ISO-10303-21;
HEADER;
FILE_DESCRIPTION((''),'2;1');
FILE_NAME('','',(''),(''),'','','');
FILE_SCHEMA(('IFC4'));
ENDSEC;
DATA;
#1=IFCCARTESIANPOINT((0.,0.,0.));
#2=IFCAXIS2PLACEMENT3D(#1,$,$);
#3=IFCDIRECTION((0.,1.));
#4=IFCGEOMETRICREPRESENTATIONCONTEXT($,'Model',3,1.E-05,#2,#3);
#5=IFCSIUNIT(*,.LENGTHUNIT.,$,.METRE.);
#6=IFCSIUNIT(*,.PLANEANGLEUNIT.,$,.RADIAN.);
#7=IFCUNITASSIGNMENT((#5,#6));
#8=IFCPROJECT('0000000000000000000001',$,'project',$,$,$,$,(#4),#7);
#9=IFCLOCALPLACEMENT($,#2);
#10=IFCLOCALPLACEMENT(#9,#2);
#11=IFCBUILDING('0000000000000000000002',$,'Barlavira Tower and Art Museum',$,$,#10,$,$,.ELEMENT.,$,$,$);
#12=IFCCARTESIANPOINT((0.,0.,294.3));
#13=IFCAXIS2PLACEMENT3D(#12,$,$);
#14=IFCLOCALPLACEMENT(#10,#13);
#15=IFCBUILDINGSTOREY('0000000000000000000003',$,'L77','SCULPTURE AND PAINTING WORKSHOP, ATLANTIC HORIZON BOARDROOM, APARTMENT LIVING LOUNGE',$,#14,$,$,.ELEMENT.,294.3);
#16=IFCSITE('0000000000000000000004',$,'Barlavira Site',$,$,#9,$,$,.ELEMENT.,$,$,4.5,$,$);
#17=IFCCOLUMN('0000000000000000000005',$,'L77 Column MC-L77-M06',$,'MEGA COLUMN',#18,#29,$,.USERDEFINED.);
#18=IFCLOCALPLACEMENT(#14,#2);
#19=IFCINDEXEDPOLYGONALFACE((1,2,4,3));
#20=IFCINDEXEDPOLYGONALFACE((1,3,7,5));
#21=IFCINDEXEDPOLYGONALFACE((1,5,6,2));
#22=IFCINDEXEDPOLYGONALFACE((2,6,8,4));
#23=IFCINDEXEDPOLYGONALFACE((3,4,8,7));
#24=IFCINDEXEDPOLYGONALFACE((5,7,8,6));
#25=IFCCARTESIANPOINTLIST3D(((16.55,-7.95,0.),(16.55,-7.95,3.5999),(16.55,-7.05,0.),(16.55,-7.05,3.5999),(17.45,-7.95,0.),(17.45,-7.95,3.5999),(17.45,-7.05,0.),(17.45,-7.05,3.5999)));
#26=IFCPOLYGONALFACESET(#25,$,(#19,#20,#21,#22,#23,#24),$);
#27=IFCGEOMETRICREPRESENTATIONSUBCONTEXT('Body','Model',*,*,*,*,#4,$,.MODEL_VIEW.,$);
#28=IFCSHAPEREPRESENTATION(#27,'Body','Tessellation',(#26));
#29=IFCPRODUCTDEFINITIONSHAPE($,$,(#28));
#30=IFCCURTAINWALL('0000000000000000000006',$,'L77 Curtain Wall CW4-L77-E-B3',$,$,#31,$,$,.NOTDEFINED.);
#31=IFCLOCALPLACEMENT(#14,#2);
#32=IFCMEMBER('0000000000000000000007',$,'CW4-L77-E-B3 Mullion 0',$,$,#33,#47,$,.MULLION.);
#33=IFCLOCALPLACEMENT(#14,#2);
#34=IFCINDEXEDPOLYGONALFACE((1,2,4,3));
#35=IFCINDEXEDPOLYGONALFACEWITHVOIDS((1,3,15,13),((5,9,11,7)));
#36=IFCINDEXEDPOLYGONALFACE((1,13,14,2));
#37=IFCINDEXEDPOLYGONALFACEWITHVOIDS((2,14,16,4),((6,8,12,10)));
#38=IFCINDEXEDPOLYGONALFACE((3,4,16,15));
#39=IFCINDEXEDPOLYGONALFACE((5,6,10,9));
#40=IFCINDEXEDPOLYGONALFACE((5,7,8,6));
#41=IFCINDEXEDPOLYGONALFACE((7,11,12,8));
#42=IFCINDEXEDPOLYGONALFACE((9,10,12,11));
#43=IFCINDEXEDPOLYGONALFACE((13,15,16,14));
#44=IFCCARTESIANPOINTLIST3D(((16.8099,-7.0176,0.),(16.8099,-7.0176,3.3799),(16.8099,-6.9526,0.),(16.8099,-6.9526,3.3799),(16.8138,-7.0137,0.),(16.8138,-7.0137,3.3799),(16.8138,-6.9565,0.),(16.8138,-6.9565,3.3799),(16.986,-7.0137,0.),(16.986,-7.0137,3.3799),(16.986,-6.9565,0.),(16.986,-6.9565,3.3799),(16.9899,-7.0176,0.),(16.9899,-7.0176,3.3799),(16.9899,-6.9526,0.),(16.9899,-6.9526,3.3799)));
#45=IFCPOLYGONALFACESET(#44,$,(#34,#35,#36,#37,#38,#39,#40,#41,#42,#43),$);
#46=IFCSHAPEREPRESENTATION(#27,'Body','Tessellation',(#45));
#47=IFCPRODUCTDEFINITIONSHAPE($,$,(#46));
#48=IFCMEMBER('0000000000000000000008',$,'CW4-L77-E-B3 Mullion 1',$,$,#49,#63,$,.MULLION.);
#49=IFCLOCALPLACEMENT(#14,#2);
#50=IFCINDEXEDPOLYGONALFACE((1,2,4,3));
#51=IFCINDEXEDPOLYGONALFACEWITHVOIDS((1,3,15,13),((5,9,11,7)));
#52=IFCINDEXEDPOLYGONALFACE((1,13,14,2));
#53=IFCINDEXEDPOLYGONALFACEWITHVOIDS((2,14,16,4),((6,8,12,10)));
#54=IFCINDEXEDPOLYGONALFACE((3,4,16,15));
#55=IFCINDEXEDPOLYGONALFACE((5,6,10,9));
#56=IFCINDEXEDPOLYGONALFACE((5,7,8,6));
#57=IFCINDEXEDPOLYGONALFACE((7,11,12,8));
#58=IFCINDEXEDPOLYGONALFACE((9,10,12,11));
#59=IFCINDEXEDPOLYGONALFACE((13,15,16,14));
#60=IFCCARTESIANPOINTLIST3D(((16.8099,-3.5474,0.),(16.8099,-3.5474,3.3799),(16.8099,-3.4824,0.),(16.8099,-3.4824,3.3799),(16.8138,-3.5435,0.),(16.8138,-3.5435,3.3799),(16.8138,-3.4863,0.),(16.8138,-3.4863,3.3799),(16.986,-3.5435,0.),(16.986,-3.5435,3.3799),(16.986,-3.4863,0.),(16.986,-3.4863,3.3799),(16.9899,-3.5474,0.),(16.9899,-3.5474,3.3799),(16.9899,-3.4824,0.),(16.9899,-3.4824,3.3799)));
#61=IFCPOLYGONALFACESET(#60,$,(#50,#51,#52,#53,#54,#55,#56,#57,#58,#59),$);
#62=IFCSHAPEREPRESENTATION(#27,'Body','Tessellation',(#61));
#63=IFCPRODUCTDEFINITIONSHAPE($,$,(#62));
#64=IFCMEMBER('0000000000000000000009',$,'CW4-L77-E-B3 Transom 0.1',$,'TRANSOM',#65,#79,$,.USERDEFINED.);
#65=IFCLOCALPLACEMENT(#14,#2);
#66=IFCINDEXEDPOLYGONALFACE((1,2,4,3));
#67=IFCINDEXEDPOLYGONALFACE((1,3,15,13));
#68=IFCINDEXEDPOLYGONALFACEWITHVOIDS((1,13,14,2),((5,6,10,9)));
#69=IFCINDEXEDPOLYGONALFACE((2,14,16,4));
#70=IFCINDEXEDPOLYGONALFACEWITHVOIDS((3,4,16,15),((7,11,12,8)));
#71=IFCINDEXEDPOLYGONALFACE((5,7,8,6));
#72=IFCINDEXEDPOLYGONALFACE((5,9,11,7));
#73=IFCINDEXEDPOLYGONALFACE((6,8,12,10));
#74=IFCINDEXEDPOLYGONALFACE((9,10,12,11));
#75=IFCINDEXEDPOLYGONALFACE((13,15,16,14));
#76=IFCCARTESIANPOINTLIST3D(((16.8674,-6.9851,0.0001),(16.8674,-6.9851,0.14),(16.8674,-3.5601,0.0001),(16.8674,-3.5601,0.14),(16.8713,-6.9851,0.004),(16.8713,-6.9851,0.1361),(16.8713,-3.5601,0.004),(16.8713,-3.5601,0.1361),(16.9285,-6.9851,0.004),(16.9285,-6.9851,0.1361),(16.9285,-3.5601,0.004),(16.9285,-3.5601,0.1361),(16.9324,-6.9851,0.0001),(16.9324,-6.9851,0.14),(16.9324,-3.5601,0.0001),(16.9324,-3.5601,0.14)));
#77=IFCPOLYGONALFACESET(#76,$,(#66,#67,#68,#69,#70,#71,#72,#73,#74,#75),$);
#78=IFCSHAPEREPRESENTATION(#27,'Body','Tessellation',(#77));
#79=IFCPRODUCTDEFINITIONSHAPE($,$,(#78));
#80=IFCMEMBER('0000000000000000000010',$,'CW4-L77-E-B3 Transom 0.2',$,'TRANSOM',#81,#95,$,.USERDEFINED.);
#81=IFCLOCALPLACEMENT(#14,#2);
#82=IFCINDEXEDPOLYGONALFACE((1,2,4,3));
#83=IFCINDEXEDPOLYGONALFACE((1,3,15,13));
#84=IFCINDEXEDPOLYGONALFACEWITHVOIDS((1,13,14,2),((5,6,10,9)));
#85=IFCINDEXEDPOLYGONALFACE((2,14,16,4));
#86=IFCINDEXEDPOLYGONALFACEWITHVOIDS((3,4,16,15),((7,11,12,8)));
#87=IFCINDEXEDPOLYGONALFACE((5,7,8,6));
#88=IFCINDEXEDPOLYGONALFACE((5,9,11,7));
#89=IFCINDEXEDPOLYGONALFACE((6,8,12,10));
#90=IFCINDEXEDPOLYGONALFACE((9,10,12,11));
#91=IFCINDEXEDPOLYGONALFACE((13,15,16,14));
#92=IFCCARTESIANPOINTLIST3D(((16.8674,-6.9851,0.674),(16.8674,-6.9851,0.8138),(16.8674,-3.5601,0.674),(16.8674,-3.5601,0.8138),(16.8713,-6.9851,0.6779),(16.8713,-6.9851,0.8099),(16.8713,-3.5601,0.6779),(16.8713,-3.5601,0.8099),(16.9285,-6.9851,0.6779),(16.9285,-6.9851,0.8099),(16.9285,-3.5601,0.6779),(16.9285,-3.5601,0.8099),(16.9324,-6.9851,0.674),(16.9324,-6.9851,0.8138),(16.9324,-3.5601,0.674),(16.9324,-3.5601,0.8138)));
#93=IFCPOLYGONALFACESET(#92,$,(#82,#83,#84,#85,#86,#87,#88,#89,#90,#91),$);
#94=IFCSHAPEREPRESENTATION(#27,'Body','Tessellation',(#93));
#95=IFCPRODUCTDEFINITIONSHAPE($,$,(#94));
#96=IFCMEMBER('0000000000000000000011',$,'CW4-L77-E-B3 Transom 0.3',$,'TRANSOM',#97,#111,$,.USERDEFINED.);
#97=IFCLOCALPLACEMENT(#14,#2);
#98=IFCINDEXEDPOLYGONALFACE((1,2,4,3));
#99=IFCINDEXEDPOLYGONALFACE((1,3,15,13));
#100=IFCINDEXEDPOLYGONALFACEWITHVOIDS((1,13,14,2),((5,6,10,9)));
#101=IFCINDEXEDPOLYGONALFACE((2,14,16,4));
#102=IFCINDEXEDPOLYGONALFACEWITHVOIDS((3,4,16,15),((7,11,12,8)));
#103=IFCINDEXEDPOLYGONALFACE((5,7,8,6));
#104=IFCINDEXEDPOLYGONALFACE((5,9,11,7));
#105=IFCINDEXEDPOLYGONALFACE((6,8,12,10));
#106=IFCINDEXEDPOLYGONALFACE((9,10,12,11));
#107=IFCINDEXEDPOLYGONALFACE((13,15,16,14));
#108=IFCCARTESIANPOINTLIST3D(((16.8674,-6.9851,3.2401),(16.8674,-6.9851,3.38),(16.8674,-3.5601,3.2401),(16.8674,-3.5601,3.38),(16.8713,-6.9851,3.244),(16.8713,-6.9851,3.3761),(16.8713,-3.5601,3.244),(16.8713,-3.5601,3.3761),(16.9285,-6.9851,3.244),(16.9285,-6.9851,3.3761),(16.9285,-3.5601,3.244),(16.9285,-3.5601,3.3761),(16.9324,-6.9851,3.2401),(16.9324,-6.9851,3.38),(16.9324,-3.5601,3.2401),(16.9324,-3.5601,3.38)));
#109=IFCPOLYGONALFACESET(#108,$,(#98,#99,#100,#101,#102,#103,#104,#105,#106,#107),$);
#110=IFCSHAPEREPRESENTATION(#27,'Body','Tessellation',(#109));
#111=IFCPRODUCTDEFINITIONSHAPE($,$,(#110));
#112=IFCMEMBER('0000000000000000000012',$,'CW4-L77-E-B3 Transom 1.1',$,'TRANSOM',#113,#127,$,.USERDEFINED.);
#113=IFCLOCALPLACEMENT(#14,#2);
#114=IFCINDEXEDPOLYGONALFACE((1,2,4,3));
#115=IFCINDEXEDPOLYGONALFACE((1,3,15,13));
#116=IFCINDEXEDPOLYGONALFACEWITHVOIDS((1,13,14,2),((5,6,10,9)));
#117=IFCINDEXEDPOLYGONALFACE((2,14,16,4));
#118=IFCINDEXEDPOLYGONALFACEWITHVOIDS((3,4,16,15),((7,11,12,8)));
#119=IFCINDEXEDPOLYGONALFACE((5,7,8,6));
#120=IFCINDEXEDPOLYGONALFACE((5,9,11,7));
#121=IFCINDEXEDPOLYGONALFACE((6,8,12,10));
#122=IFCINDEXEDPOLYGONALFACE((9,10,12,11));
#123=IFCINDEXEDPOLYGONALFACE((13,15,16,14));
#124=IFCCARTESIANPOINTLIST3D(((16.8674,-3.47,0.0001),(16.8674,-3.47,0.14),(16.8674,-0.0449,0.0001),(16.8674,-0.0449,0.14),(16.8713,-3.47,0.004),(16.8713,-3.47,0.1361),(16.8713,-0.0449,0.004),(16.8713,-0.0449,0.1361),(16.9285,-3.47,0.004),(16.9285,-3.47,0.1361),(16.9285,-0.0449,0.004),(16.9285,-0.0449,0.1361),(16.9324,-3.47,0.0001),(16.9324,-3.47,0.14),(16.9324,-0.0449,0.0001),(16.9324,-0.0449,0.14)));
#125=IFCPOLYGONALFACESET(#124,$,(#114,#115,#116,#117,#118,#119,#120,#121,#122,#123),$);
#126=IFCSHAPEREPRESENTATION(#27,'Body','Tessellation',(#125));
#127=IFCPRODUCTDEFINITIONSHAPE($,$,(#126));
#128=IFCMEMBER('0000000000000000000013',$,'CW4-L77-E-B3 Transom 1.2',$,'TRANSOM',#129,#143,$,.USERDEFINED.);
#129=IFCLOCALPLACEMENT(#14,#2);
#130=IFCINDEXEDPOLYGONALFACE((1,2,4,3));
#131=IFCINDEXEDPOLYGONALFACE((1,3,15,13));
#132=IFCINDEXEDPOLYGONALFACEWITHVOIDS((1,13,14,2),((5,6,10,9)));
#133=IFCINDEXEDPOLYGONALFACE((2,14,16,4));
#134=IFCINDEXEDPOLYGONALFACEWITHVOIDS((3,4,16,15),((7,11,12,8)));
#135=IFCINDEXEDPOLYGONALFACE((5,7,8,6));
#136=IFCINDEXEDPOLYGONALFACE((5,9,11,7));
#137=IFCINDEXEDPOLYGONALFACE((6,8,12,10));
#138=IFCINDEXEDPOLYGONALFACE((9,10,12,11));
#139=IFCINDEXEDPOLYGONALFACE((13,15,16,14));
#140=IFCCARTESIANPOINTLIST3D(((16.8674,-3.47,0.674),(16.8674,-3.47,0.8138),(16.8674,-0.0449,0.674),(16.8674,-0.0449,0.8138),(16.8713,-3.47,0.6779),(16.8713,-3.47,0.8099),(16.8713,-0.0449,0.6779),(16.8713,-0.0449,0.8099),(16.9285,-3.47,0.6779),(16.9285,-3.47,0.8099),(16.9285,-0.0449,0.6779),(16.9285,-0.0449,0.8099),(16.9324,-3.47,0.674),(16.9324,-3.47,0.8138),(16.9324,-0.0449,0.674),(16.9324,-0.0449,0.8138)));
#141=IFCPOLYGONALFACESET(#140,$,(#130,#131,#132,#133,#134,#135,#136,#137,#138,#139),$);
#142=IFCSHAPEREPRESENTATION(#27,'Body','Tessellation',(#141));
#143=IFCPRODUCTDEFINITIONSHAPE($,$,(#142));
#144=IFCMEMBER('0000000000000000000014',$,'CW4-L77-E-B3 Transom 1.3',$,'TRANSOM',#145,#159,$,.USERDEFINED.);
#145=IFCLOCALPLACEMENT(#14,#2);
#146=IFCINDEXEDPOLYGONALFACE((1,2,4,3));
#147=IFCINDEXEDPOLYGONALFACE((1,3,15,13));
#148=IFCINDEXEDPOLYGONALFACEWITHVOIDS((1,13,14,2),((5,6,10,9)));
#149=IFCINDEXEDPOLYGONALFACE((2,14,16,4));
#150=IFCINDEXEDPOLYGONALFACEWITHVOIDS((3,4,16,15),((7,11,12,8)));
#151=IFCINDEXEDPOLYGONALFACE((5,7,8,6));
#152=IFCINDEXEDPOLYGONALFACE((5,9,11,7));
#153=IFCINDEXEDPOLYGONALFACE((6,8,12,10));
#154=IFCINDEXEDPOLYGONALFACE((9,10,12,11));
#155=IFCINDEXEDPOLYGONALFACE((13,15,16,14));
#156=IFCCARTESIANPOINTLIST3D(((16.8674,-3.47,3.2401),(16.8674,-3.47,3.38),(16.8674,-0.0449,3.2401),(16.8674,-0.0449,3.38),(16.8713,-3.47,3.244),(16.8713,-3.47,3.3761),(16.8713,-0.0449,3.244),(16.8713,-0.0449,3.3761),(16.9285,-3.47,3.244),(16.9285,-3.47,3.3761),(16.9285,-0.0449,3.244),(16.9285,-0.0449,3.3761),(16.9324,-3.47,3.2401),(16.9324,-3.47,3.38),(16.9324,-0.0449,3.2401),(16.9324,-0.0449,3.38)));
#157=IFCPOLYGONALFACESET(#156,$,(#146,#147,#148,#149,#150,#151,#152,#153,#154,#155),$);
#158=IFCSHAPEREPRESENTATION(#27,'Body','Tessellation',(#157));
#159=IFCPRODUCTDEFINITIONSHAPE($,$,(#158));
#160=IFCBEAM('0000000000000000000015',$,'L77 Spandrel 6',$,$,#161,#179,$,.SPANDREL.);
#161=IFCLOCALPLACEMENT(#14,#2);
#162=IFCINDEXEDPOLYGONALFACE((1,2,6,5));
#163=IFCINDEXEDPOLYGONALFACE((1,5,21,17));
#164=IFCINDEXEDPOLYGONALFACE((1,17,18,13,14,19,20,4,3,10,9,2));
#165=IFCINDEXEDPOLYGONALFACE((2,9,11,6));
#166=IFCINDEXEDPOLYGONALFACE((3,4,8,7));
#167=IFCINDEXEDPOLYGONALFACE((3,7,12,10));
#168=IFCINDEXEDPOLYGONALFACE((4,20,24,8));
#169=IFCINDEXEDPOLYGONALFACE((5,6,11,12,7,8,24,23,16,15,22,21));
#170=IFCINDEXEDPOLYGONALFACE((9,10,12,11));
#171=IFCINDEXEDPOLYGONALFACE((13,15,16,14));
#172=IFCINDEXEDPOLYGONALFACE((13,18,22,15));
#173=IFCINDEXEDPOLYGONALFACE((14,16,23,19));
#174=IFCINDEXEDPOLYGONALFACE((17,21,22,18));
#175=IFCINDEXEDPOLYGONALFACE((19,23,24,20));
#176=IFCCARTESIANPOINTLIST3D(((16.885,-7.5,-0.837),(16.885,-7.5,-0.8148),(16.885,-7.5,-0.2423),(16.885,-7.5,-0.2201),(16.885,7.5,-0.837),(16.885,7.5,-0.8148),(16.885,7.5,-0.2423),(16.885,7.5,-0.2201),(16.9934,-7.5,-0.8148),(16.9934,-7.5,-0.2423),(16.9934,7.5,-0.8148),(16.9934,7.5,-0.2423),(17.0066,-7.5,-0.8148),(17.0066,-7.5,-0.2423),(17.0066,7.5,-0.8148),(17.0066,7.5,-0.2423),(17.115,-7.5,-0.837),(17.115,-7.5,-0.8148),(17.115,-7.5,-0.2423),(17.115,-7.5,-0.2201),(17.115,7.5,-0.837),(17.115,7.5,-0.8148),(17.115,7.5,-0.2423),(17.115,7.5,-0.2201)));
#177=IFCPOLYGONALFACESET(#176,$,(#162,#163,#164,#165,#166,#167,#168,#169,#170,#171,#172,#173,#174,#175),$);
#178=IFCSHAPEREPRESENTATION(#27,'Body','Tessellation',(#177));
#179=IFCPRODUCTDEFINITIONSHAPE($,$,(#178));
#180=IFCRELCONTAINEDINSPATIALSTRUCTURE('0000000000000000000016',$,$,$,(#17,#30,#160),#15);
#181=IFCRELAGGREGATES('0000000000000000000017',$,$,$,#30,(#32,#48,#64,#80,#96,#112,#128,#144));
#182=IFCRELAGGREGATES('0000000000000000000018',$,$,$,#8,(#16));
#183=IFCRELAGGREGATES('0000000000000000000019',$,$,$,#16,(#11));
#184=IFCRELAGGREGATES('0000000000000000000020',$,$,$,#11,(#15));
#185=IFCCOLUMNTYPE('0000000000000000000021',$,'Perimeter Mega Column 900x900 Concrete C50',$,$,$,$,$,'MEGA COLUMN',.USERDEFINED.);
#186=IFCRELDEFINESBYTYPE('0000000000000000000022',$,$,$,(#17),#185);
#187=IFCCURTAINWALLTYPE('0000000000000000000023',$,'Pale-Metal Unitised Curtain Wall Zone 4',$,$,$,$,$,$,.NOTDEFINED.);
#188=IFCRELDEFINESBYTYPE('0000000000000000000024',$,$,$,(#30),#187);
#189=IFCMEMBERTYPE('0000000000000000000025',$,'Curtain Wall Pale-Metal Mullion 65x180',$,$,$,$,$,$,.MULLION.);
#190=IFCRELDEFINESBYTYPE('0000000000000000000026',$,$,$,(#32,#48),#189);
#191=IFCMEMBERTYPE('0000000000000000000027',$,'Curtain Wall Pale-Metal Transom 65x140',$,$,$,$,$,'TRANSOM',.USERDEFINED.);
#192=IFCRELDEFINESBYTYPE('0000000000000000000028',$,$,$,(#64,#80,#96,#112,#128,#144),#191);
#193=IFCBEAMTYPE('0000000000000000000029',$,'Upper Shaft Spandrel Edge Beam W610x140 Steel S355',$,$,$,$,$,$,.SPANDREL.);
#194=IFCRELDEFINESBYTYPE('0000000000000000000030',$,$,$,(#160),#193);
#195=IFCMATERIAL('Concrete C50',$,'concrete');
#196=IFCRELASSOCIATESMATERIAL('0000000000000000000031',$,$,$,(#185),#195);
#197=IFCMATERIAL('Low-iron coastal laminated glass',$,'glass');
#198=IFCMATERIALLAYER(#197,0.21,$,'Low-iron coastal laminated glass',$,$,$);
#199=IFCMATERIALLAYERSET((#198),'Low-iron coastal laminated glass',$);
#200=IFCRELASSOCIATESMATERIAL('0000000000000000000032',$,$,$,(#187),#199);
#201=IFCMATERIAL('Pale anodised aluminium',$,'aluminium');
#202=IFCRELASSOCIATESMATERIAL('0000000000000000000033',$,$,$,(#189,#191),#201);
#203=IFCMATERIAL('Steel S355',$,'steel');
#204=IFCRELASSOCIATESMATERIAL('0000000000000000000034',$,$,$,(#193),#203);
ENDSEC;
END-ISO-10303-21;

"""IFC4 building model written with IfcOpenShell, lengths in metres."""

from ifc_helpers import new_model, si_unit, direction, frame, origin, origin_2d, place, context, subcontext, project, spatial, rectangle, hollow_rectangle, i_section, extrude, material, layer, layer_set, material_profile, profile_set, type_object, element, aggregate, save


model = new_model("IFC4")

# Units and contexts
model_context = context("Model", 3, precision=1e-05, world=origin(), true_north=direction((0.0, 1.0)))
body_context = subcontext(model_context, "Body", "Model", "MODEL_VIEW")
ifc_project = project(units=[si_unit("LENGTHUNIT", "METRE"), si_unit("PLANEANGLEUNIT", "RADIAN")], contexts=[model_context])

# Site, building, storey
site_placement = place(None, origin())
site = spatial("IfcSite", under=ifc_project, at=site_placement, Name="Barlavira Site", CompositionType="ELEMENT", RefElevation=4.5)
building_placement = place(site_placement, origin())
building = spatial("IfcBuilding", under=site, at=building_placement, Name="Barlavira Tower and Art Museum", CompositionType="ELEMENT")
storey_placement = place(building_placement, frame((0.0, 0.0, 294.3)))
storey = spatial("IfcBuildingStorey", under=building, at=storey_placement, Name="L77", Description="SCULPTURE AND PAINTING WORKSHOP, ATLANTIC HORIZON BOARDROOM, APARTMENT LIVING LOUNGE", CompositionType="ELEMENT", Elevation=294.3)

# Column
ifc_material_1 = material(Name="Concrete C50", Category="concrete")
ifc_material_profile_1 = material_profile(ifc_material_1, rectangle(XDim=0.8999, YDim=0.8999, at=origin_2d()), Name="RC-COL 900x900")
ifc_profile_set_1 = profile_set([ifc_material_profile_1], Name="Concrete C50")
column_type = type_object("IfcColumnType", Name="Perimeter Mega Column 900x900 Concrete C50", ElementType="MEGA COLUMN", PredefinedType="USERDEFINED", material=ifc_profile_set_1)
column_placement = place(storey_placement, frame((17.0, -7.5, 0.0), z_axis=(0.0, 0.0, 1.0), x_axis=(1.0, 0.0, 0.0)))
element("IfcColumn", 1, at=column_placement, inside=storey, type_object=column_type, Name="L77 Column MC-L77-M06", ObjectType="MEGA COLUMN", PredefinedType="USERDEFINED", context=body_context, shape_type="SweptSolid", body=[
    extrude(rectangle(XDim=0.8999, YDim=0.8999, at=origin_2d()), origin(), (0.0, 0.0, 1.0), 3.5999),
])

# Curtain wall, members
ifc_material_2 = material(Name="Low-iron coastal laminated glass", Category="glass")
ifc_layer_1 = layer(ifc_material_2, 0.21, Name="Low-iron coastal laminated glass")
ifc_layer_set_1 = layer_set([ifc_layer_1], Name="Low-iron coastal laminated glass")
curtain_wall_type = type_object("IfcCurtainWallType", Name="Pale-Metal Unitised Curtain Wall Zone 4", PredefinedType="NOTDEFINED", material=ifc_layer_set_1)
curtain_wall_placement = place(storey_placement, origin())
curtain_wall = element("IfcCurtainWall", 2, at=curtain_wall_placement, inside=storey, type_object=curtain_wall_type, Name="L77 Curtain Wall CW4-L77-E-B3", PredefinedType="NOTDEFINED")
ifc_material_3 = material(Name="Pale anodised aluminium", Category="aluminium")
ifc_material_profile_2 = material_profile(ifc_material_3, hollow_rectangle(XDim=0.0649, YDim=0.1799, WallThickness=0.0039, at=origin_2d()), Name="ALU-MULL 65x180x4")
ifc_profile_set_2 = profile_set([ifc_material_profile_2], Name="Pale anodised aluminium")
member_type_1 = type_object("IfcMemberType", Name="Curtain Wall Pale-Metal Mullion 65x180", PredefinedType="MULLION", material=ifc_profile_set_2)
member_1_placement = place(storey_placement, frame((16.8999, -6.9851, 0.0), z_axis=(0.0, 0.0, 1.0), x_axis=(0.0, 1.0, 0.0)))
member_1 = element("IfcMember", 3, at=member_1_placement, type_object=member_type_1, Name="CW4-L77-E-B3 Mullion 0", PredefinedType="MULLION", context=body_context, shape_type="SweptSolid", body=[
    extrude(hollow_rectangle(XDim=0.0649, YDim=0.1799, WallThickness=0.0039, at=origin_2d()), origin(), (0.0, 0.0, 1.0), 3.3799),
])
member_2_placement = place(storey_placement, frame((16.8999, -3.5149, 0.0), z_axis=(0.0, 0.0, 1.0), x_axis=(0.0, 1.0, 0.0)))
member_2 = element("IfcMember", 4, at=member_2_placement, type_object=member_type_1, Name="CW4-L77-E-B3 Mullion 1", PredefinedType="MULLION", context=body_context, shape_type="SweptSolid", body=[
    extrude(hollow_rectangle(XDim=0.0649, YDim=0.1799, WallThickness=0.0039, at=origin_2d()), origin(), (0.0, 0.0, 1.0), 3.3799),
])
ifc_material_profile_3 = material_profile(ifc_material_3, hollow_rectangle(XDim=0.0649, YDim=0.1399, WallThickness=0.0039, at=origin_2d()), Name="ALU-TRAN 65x140x4")
ifc_profile_set_3 = profile_set([ifc_material_profile_3], Name="Pale anodised aluminium")
member_type_2 = type_object("IfcMemberType", Name="Curtain Wall Pale-Metal Transom 65x140", ElementType="TRANSOM", PredefinedType="USERDEFINED", material=ifc_profile_set_3)
member_3_placement = place(storey_placement, frame((16.8999, -6.9851, 0.0701), z_axis=(0.0, 1.0, 0.0), x_axis=(-1.0, 0.0, 0.0)))
member_3 = element("IfcMember", 5, at=member_3_placement, type_object=member_type_2, Name="CW4-L77-E-B3 Transom 0.1", ObjectType="TRANSOM", PredefinedType="USERDEFINED", context=body_context, shape_type="SweptSolid", body=[
    extrude(hollow_rectangle(XDim=0.0649, YDim=0.1399, WallThickness=0.0039, at=origin_2d()), origin(), (0.0, 0.0, 1.0), 3.425),
])
member_4_placement = place(storey_placement, frame((16.8999, -6.9851, 0.7439), z_axis=(0.0, 1.0, 0.0), x_axis=(-1.0, 0.0, 0.0)))
member_4 = element("IfcMember", 6, at=member_4_placement, type_object=member_type_2, Name="CW4-L77-E-B3 Transom 0.2", ObjectType="TRANSOM", PredefinedType="USERDEFINED", context=body_context, shape_type="SweptSolid", body=[
    extrude(hollow_rectangle(XDim=0.0649, YDim=0.1399, WallThickness=0.0039, at=origin_2d()), origin(), (0.0, 0.0, 1.0), 3.425),
])
member_5_placement = place(storey_placement, frame((16.8999, -6.9851, 3.3101), z_axis=(0.0, 1.0, 0.0), x_axis=(-1.0, 0.0, 0.0)))
member_5 = element("IfcMember", 7, at=member_5_placement, type_object=member_type_2, Name="CW4-L77-E-B3 Transom 0.3", ObjectType="TRANSOM", PredefinedType="USERDEFINED", context=body_context, shape_type="SweptSolid", body=[
    extrude(hollow_rectangle(XDim=0.0649, YDim=0.1399, WallThickness=0.0039, at=origin_2d()), origin(), (0.0, 0.0, 1.0), 3.425),
])
member_6_placement = place(storey_placement, frame((16.8999, -3.47, 0.0701), z_axis=(0.0, 1.0, 0.0), x_axis=(-1.0, 0.0, 0.0)))
member_6 = element("IfcMember", 8, at=member_6_placement, type_object=member_type_2, Name="CW4-L77-E-B3 Transom 1.1", ObjectType="TRANSOM", PredefinedType="USERDEFINED", context=body_context, shape_type="SweptSolid", body=[
    extrude(hollow_rectangle(XDim=0.0649, YDim=0.1399, WallThickness=0.0039, at=origin_2d()), origin(), (0.0, 0.0, 1.0), 3.425),
])
member_7_placement = place(storey_placement, frame((16.8999, -3.47, 0.7439), z_axis=(0.0, 1.0, 0.0), x_axis=(-1.0, 0.0, 0.0)))
member_7 = element("IfcMember", 9, at=member_7_placement, type_object=member_type_2, Name="CW4-L77-E-B3 Transom 1.2", ObjectType="TRANSOM", PredefinedType="USERDEFINED", context=body_context, shape_type="SweptSolid", body=[
    extrude(hollow_rectangle(XDim=0.0649, YDim=0.1399, WallThickness=0.0039, at=origin_2d()), origin(), (0.0, 0.0, 1.0), 3.425),
])
member_8_placement = place(storey_placement, frame((16.8999, -3.47, 3.3101), z_axis=(0.0, 1.0, 0.0), x_axis=(-1.0, 0.0, 0.0)))
member_8 = element("IfcMember", 10, at=member_8_placement, type_object=member_type_2, Name="CW4-L77-E-B3 Transom 1.3", ObjectType="TRANSOM", PredefinedType="USERDEFINED", context=body_context, shape_type="SweptSolid", body=[
    extrude(hollow_rectangle(XDim=0.0649, YDim=0.1399, WallThickness=0.0039, at=origin_2d()), origin(), (0.0, 0.0, 1.0), 3.425),
])

# Beam
ifc_material_4 = material(Name="Steel S355", Category="steel")
ifc_material_profile_4 = material_profile(ifc_material_4, i_section(OverallWidth=0.23, OverallDepth=0.6169, WebThickness=0.0132, FlangeThickness=0.0222, at=origin_2d()), Name="W610x140.0")
ifc_profile_set_4 = profile_set([ifc_material_profile_4], Name="Steel S355")
beam_type_1 = type_object("IfcBeamType", Name="Upper Shaft Spandrel Edge Beam W610x140 Steel S355", PredefinedType="SPANDREL", material=ifc_profile_set_4)
beam_1_placement = place(storey_placement, frame((17.0, -7.5, -0.5286), z_axis=(0.0, 1.0, 0.0), x_axis=(-1.0, 0.0, 0.0)))
element("IfcBeam", 11, at=beam_1_placement, inside=storey, type_object=beam_type_1, Name="L77 Spandrel 6", PredefinedType="SPANDREL", context=body_context, shape_type="SweptSolid", body=[
    extrude(i_section(OverallWidth=0.23, OverallDepth=0.6169, WebThickness=0.0132, FlangeThickness=0.0222, at=origin_2d()), origin(), (0.0, 0.0, 1.0), 15.0),
])

aggregate(curtain_wall, [member_1, member_2, member_3, member_4, member_5, member_6, member_7, member_8])

save(model, "model.ifc")
